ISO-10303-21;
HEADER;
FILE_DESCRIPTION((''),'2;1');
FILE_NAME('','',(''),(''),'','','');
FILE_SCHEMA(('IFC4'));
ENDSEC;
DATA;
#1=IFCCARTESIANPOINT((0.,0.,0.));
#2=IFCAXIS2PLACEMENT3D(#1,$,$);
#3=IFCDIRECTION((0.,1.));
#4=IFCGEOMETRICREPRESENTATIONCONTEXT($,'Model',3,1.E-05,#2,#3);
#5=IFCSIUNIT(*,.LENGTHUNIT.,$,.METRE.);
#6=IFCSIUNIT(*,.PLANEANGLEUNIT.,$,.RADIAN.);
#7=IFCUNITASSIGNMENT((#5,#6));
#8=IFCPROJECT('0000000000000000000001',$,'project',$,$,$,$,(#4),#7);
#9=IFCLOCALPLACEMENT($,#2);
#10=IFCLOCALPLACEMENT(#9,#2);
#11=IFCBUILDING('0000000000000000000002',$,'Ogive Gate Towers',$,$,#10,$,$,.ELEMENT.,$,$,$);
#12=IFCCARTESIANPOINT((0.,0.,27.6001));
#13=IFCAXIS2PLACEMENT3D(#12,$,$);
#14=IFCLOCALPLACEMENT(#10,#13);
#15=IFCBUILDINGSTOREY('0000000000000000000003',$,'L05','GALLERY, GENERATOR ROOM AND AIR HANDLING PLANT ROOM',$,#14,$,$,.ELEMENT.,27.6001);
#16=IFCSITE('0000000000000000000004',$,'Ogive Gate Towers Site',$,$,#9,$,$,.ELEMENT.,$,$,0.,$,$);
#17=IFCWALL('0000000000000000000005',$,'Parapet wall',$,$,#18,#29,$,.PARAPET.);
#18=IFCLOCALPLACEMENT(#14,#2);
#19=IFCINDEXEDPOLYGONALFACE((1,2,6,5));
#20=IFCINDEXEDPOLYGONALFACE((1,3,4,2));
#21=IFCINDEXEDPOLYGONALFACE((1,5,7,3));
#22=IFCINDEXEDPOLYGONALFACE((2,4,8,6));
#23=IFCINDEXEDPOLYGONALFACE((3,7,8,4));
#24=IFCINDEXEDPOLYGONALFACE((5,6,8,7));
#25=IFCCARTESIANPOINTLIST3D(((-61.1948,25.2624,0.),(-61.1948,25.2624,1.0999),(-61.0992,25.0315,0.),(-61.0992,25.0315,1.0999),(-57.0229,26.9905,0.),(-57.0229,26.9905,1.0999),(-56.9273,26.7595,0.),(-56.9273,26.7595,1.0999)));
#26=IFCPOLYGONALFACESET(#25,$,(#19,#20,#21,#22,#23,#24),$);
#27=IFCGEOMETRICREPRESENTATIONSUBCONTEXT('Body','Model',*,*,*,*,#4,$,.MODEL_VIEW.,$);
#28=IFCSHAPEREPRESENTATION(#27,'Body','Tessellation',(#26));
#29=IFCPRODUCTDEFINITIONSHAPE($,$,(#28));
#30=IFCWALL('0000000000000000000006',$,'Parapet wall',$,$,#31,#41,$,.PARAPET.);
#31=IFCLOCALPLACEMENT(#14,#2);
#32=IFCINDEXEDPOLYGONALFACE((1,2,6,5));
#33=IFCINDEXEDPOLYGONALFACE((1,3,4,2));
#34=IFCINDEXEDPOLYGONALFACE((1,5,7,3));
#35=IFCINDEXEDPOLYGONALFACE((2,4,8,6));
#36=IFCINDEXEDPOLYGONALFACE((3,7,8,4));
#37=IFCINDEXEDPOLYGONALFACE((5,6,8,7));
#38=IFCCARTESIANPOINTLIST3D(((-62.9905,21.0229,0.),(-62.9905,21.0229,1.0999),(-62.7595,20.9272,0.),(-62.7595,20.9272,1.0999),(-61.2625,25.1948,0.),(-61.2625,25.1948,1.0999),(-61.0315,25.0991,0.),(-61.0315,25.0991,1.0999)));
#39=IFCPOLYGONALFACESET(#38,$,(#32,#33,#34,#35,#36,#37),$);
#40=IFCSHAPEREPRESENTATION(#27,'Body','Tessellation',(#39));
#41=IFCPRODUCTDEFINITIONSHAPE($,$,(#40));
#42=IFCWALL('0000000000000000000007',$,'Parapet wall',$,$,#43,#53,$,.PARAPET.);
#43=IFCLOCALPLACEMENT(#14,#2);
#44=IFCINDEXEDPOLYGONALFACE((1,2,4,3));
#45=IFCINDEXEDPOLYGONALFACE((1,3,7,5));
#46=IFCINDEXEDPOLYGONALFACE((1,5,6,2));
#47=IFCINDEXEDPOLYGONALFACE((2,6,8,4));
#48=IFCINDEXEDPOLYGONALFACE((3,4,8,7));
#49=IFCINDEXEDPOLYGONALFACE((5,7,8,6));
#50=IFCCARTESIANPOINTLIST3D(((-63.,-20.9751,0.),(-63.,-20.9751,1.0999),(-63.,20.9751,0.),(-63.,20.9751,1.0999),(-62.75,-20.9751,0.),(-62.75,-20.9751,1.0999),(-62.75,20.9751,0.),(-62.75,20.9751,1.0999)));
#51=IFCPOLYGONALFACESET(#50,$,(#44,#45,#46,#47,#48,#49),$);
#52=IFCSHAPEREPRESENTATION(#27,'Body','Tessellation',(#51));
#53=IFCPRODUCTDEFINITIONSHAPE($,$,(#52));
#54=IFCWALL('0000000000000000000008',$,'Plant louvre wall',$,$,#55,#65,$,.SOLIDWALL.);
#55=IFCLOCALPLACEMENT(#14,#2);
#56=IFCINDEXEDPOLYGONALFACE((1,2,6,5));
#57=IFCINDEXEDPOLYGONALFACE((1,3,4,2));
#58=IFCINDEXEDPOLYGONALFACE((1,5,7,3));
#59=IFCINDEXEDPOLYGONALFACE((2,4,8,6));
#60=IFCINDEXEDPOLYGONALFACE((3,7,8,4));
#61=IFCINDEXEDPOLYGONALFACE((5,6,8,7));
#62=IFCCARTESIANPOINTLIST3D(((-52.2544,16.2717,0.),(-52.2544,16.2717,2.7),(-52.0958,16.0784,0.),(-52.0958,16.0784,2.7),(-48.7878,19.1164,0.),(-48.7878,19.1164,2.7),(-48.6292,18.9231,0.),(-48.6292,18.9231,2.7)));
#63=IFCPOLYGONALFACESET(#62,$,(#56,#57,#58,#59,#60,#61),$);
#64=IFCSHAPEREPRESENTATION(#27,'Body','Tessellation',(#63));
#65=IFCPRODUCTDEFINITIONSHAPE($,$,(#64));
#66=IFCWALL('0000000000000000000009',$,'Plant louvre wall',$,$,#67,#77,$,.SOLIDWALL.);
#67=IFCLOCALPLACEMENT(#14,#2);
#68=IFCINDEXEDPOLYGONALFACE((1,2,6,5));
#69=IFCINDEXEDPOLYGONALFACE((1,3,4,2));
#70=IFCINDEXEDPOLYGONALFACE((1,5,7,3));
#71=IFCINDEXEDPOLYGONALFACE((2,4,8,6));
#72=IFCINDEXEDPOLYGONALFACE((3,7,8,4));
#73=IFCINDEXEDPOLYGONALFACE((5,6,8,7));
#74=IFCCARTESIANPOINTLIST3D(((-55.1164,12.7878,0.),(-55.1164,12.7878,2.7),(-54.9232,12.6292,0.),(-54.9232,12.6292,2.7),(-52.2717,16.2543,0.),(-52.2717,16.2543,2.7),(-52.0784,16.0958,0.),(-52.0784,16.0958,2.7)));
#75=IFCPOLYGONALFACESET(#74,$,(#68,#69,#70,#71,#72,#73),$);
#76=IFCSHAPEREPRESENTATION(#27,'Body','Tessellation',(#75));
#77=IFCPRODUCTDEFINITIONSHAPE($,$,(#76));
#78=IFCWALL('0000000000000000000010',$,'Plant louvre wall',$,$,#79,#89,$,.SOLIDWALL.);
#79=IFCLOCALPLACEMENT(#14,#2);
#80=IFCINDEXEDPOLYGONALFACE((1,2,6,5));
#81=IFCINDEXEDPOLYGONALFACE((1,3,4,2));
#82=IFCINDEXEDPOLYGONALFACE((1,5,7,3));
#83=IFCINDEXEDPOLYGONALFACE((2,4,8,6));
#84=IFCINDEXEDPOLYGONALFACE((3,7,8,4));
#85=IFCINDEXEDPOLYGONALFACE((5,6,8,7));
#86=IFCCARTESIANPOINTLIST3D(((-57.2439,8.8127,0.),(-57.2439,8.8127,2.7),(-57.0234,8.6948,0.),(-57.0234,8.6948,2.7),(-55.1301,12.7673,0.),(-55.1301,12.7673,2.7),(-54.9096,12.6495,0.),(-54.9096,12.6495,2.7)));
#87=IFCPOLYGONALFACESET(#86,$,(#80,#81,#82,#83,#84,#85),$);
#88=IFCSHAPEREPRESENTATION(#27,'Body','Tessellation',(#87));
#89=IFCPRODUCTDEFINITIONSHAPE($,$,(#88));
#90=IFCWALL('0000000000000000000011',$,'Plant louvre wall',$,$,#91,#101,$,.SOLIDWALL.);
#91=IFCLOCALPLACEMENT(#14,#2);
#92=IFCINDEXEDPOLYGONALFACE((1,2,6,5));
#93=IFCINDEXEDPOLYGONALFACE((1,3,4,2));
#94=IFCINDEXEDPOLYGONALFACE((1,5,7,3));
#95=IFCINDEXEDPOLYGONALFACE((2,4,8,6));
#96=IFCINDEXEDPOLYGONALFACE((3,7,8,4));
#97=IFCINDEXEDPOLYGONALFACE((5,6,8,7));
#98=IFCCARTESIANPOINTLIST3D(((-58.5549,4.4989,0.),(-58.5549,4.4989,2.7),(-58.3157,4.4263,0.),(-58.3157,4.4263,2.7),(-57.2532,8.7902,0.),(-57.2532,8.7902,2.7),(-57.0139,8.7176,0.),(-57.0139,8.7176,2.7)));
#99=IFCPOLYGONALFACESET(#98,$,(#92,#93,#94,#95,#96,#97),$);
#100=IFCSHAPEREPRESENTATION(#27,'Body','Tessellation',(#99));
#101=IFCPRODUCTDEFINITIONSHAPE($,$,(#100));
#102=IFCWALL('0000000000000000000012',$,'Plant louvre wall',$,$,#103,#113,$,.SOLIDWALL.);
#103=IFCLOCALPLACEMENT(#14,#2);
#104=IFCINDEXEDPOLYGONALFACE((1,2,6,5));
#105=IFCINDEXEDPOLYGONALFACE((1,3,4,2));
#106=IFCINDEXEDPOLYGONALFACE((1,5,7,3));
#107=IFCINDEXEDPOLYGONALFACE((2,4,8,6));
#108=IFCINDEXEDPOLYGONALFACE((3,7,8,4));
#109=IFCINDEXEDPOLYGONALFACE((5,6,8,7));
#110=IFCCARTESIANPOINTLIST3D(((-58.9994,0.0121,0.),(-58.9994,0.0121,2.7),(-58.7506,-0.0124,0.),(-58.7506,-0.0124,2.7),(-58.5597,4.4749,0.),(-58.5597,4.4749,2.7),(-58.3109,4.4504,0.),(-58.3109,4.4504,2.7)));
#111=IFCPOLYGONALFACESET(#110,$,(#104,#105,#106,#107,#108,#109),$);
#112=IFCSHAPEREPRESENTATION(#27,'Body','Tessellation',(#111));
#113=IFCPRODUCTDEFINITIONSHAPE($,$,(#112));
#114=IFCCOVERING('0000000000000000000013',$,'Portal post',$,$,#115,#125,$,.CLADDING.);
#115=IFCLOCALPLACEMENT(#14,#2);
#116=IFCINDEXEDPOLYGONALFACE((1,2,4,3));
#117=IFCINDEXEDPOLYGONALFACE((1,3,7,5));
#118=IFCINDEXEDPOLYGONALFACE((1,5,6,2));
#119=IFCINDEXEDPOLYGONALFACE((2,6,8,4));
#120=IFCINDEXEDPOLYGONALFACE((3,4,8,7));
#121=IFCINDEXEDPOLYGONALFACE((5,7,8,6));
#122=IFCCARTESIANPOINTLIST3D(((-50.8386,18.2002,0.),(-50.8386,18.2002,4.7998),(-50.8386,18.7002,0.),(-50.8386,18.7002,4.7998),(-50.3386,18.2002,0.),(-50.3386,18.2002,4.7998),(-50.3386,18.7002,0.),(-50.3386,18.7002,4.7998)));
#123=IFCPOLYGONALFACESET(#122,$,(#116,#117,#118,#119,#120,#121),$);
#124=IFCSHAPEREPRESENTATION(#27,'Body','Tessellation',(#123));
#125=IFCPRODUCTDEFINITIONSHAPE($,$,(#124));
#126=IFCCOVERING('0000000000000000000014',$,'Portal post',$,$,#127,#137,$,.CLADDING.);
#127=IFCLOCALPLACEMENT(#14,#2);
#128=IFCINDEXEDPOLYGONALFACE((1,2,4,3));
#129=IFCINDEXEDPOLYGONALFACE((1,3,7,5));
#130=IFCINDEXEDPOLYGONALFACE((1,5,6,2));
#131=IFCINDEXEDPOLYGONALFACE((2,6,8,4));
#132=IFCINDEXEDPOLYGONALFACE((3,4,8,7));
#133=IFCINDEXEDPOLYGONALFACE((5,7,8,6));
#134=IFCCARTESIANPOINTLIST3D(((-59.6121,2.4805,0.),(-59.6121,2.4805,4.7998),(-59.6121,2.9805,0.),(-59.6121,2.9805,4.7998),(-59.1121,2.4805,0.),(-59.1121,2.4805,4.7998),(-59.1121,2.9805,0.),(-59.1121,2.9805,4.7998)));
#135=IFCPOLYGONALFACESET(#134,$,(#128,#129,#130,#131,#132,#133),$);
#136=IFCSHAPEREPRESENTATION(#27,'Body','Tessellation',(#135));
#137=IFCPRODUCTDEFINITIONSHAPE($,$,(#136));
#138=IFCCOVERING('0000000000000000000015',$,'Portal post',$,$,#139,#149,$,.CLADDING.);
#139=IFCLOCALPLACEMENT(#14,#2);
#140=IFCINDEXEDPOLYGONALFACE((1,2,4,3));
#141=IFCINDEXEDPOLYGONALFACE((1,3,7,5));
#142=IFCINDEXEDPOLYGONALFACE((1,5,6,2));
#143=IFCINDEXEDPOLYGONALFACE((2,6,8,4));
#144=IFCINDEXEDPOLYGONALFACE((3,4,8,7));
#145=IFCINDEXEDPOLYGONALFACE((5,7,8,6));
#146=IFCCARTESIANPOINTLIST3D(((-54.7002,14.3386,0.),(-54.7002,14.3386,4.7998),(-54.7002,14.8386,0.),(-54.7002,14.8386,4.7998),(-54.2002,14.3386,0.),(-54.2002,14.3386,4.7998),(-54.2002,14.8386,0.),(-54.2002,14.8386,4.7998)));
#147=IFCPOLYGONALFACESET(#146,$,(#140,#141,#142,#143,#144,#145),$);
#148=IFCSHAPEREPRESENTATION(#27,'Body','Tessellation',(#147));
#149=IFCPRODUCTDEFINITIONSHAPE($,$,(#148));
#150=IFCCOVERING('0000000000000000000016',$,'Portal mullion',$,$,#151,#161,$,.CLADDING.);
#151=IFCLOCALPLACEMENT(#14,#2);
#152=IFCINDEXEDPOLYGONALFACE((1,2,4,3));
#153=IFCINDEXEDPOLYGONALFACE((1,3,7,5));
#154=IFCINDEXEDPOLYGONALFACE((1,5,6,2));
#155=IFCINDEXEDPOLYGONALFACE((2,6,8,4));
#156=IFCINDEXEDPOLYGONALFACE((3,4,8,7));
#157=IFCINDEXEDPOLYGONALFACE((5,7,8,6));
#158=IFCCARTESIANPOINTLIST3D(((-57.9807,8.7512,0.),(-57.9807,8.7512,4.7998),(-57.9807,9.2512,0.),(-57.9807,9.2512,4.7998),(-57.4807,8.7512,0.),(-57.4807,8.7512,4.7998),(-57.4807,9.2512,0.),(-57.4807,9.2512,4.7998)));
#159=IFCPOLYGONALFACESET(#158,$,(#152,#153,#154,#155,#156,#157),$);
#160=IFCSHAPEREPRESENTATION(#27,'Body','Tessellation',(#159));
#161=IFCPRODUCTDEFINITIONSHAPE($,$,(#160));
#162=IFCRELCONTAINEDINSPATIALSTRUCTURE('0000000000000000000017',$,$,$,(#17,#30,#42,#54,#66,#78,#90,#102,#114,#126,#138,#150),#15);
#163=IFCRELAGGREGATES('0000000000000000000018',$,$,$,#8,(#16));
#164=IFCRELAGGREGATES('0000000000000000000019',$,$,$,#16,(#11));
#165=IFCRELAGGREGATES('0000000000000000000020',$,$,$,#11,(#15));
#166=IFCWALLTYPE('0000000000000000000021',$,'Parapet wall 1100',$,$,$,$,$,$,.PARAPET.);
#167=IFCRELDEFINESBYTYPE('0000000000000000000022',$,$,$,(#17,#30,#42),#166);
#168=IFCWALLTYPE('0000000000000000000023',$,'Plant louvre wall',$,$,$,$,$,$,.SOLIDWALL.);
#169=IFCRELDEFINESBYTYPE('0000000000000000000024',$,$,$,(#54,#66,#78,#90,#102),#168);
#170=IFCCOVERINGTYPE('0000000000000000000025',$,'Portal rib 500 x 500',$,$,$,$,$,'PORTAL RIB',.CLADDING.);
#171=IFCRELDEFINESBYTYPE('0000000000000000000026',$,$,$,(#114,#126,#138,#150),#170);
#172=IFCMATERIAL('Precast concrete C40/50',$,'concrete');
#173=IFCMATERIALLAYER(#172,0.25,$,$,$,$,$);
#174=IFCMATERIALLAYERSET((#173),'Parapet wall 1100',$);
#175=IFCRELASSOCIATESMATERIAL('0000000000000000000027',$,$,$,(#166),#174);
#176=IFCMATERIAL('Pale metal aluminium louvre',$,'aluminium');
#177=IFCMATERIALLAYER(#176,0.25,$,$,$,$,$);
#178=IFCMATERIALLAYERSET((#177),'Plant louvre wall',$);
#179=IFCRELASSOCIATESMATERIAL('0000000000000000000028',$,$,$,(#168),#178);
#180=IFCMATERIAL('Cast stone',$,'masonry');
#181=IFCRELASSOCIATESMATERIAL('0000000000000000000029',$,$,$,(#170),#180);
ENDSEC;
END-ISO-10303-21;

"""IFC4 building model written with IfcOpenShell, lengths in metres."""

from ifc_helpers import new_model, si_unit, direction, frame, frame_2d, origin, origin_2d, place, context, subcontext, project, spatial, rectangle, extrude, material, layer, layer_set, material_profile, profile_set, type_object, element, save


model = new_model("IFC4")

# Units and contexts
model_context = context("Model", 3, precision=1e-05, world=origin(), true_north=direction((0.0, 1.0)))
body_context = subcontext(model_context, "Body", "Model", "MODEL_VIEW")
ifc_project = project(units=[si_unit("LENGTHUNIT", "METRE"), si_unit("PLANEANGLEUNIT", "RADIAN")], contexts=[model_context])

# Site, building, storey
site_placement = place(None, origin())
site = spatial("IfcSite", under=ifc_project, at=site_placement, Name="Ogive Gate Towers Site", CompositionType="ELEMENT", RefElevation=0.0)
building_placement = place(site_placement, origin())
building = spatial("IfcBuilding", under=site, at=building_placement, Name="Ogive Gate Towers", CompositionType="ELEMENT")
storey_placement = place(building_placement, frame((0.0, 0.0, 27.6001)))
storey = spatial("IfcBuildingStorey", under=building, at=storey_placement, Name="L05", Description="GALLERY, GENERATOR ROOM AND AIR HANDLING PLANT ROOM", CompositionType="ELEMENT", Elevation=27.6001)

# Walls
ifc_material_1 = material(Name="Precast concrete C40/50", Category="concrete")
ifc_layer_1 = layer(ifc_material_1, 0.25)
ifc_layer_set_1 = layer_set([ifc_layer_1], Name="Parapet wall 1100")
wall_type_1 = type_object("IfcWallType", Name="Parapet wall 1100", PredefinedType="PARAPET", material=ifc_layer_set_1)
for number, where, z_axis, x_axis, name in (
    (1, (-56.9751, 26.875, 0.0), (0.0, 0.0, 1.0), (-0.923881, -0.38268, 0.0), "Parapet wall"),
    (2, (-61.147, 25.147, 0.0), (0.0, 0.0, 1.0), (-0.38268, -0.923881, 0.0), "Parapet wall"),
):
    element("IfcWall", number, at=place(storey_placement, frame(where, z_axis=z_axis, x_axis=x_axis)), inside=storey, type_object=wall_type_1, Name=name, PredefinedType="PARAPET", context=body_context, shape_type="SweptSolid", body=[
        extrude(rectangle(XDim=4.5156, YDim=0.25, at=frame_2d((2.2578, 0.0))), origin(), (0.0, 0.0, 1.0), 1.0999),
    ])
wall_1_placement = place(storey_placement, frame((-62.875, 20.9751, 0.0), z_axis=(0.0, 0.0, 1.0), x_axis=(0.0, -1.0, 0.0)))
element("IfcWall", 3, at=wall_1_placement, inside=storey, type_object=wall_type_1, Name="Parapet wall", PredefinedType="PARAPET", context=body_context, shape_type="SweptSolid", body=[
    extrude(rectangle(XDim=41.9502, YDim=0.25, at=frame_2d((20.9751, 0.0))), origin(), (0.0, 0.0, 1.0), 1.0999),
])
ifc_material_2 = material(Name="Pale metal aluminium louvre", Category="aluminium")
ifc_layer_2 = layer(ifc_material_2, 0.25)
ifc_layer_set_2 = layer_set([ifc_layer_2], Name="Plant louvre wall")
wall_type_2 = type_object("IfcWallType", Name="Plant louvre wall", PredefinedType="SOLIDWALL", material=ifc_layer_set_2)
for number, where, z_axis, x_axis, name in (
    (4, (-48.7085, 19.0198, 0.0), (0.0, 0.0, 1.0), (-0.773032, -0.634367, 0.0), "Plant louvre wall"),
    (5, (-52.175, 16.175, 0.0), (0.0, 0.0, 1.0), (-0.634367, -0.773032, 0.0), "Plant louvre wall"),
):
    element("IfcWall", number, at=place(storey_placement, frame(where, z_axis=z_axis, x_axis=x_axis)), inside=storey, type_object=wall_type_2, Name=name, PredefinedType="SOLIDWALL", context=body_context, shape_type="SweptSolid", body=[
        extrude(rectangle(XDim=4.4844, YDim=0.25, at=frame_2d((2.2422, 0.0))), origin(), (0.0, 0.0, 1.0), 2.7),
    ])
wall_2_placement = place(storey_placement, frame((-55.0198, 12.7085, 0.0), z_axis=(0.0, 0.0, 1.0), x_axis=(-0.471396, -0.881922, 0.0)))
element("IfcWall", 6, at=wall_2_placement, inside=storey, type_object=wall_type_2, Name="Plant louvre wall", PredefinedType="SOLIDWALL", context=body_context, shape_type="SweptSolid", body=[
    extrude(rectangle(XDim=4.4841, YDim=0.25, at=frame_2d((2.2422, 0.0))), origin(), (0.0, 0.0, 1.0), 2.7),
])
for number, where, z_axis, x_axis, name in (
    (7, (-57.1335, 8.7539, 0.0), (0.0, 0.0, 1.0), (-0.290288, -0.956939, 0.0), "Plant louvre wall"),
    (8, (-58.4353, 4.4626, 0.0), (0.0, 0.0, 1.0), (-0.098054, -0.995181, 0.0), "Plant louvre wall"),
):
    element("IfcWall", number, at=place(storey_placement, frame(where, z_axis=z_axis, x_axis=x_axis)), inside=storey, type_object=wall_type_2, Name=name, PredefinedType="SOLIDWALL", context=body_context, shape_type="SweptSolid", body=[
        extrude(rectangle(XDim=4.4844, YDim=0.25, at=frame_2d((2.2422, 0.0))), origin(), (0.0, 0.0, 1.0), 2.7),
    ])

# Coverings
ifc_material_3 = material(Name="Cast stone", Category="masonry")
ifc_material_profile_1 = material_profile(ifc_material_3, rectangle(XDim=0.5, YDim=0.5, at=origin_2d()), Name="500 x 500 cast stone")
ifc_profile_set_1 = profile_set([ifc_material_profile_1], Name="Cast stone")
covering_type = type_object("IfcCoveringType", Name="Portal rib 500 x 500", ElementType="PORTAL RIB", PredefinedType="CLADDING", material=ifc_profile_set_1)
for number, where, z_axis, x_axis, name in (
    (9, (-50.5886, 18.4502, 0.0), (0.0, 0.0, 1.0), (1.0, 0.0, 0.0), "Portal post"),
    (10, (-59.3621, 2.7305, 0.0), (0.0, 0.0, 1.0), (1.0, 0.0, 0.0), "Portal post"),
    (11, (-54.4502, 14.5886, 0.0), (0.0, 0.0, 1.0), (1.0, 0.0, 0.0), "Portal post"),
    (12, (-57.7307, 9.0012, 0.0), (0.0, 0.0, 1.0), (1.0, 0.0, 0.0), "Portal mullion"),
):
    element("IfcCovering", number, at=place(storey_placement, frame(where, z_axis=z_axis, x_axis=x_axis)), inside=storey, type_object=covering_type, Name=name, PredefinedType="CLADDING", context=body_context, shape_type="SweptSolid", body=[
        extrude(rectangle(XDim=0.5, YDim=0.5, at=origin_2d()), origin(), (0.0, 0.0, 1.0), 4.7998),
    ])

save(model, "model.ifc")
